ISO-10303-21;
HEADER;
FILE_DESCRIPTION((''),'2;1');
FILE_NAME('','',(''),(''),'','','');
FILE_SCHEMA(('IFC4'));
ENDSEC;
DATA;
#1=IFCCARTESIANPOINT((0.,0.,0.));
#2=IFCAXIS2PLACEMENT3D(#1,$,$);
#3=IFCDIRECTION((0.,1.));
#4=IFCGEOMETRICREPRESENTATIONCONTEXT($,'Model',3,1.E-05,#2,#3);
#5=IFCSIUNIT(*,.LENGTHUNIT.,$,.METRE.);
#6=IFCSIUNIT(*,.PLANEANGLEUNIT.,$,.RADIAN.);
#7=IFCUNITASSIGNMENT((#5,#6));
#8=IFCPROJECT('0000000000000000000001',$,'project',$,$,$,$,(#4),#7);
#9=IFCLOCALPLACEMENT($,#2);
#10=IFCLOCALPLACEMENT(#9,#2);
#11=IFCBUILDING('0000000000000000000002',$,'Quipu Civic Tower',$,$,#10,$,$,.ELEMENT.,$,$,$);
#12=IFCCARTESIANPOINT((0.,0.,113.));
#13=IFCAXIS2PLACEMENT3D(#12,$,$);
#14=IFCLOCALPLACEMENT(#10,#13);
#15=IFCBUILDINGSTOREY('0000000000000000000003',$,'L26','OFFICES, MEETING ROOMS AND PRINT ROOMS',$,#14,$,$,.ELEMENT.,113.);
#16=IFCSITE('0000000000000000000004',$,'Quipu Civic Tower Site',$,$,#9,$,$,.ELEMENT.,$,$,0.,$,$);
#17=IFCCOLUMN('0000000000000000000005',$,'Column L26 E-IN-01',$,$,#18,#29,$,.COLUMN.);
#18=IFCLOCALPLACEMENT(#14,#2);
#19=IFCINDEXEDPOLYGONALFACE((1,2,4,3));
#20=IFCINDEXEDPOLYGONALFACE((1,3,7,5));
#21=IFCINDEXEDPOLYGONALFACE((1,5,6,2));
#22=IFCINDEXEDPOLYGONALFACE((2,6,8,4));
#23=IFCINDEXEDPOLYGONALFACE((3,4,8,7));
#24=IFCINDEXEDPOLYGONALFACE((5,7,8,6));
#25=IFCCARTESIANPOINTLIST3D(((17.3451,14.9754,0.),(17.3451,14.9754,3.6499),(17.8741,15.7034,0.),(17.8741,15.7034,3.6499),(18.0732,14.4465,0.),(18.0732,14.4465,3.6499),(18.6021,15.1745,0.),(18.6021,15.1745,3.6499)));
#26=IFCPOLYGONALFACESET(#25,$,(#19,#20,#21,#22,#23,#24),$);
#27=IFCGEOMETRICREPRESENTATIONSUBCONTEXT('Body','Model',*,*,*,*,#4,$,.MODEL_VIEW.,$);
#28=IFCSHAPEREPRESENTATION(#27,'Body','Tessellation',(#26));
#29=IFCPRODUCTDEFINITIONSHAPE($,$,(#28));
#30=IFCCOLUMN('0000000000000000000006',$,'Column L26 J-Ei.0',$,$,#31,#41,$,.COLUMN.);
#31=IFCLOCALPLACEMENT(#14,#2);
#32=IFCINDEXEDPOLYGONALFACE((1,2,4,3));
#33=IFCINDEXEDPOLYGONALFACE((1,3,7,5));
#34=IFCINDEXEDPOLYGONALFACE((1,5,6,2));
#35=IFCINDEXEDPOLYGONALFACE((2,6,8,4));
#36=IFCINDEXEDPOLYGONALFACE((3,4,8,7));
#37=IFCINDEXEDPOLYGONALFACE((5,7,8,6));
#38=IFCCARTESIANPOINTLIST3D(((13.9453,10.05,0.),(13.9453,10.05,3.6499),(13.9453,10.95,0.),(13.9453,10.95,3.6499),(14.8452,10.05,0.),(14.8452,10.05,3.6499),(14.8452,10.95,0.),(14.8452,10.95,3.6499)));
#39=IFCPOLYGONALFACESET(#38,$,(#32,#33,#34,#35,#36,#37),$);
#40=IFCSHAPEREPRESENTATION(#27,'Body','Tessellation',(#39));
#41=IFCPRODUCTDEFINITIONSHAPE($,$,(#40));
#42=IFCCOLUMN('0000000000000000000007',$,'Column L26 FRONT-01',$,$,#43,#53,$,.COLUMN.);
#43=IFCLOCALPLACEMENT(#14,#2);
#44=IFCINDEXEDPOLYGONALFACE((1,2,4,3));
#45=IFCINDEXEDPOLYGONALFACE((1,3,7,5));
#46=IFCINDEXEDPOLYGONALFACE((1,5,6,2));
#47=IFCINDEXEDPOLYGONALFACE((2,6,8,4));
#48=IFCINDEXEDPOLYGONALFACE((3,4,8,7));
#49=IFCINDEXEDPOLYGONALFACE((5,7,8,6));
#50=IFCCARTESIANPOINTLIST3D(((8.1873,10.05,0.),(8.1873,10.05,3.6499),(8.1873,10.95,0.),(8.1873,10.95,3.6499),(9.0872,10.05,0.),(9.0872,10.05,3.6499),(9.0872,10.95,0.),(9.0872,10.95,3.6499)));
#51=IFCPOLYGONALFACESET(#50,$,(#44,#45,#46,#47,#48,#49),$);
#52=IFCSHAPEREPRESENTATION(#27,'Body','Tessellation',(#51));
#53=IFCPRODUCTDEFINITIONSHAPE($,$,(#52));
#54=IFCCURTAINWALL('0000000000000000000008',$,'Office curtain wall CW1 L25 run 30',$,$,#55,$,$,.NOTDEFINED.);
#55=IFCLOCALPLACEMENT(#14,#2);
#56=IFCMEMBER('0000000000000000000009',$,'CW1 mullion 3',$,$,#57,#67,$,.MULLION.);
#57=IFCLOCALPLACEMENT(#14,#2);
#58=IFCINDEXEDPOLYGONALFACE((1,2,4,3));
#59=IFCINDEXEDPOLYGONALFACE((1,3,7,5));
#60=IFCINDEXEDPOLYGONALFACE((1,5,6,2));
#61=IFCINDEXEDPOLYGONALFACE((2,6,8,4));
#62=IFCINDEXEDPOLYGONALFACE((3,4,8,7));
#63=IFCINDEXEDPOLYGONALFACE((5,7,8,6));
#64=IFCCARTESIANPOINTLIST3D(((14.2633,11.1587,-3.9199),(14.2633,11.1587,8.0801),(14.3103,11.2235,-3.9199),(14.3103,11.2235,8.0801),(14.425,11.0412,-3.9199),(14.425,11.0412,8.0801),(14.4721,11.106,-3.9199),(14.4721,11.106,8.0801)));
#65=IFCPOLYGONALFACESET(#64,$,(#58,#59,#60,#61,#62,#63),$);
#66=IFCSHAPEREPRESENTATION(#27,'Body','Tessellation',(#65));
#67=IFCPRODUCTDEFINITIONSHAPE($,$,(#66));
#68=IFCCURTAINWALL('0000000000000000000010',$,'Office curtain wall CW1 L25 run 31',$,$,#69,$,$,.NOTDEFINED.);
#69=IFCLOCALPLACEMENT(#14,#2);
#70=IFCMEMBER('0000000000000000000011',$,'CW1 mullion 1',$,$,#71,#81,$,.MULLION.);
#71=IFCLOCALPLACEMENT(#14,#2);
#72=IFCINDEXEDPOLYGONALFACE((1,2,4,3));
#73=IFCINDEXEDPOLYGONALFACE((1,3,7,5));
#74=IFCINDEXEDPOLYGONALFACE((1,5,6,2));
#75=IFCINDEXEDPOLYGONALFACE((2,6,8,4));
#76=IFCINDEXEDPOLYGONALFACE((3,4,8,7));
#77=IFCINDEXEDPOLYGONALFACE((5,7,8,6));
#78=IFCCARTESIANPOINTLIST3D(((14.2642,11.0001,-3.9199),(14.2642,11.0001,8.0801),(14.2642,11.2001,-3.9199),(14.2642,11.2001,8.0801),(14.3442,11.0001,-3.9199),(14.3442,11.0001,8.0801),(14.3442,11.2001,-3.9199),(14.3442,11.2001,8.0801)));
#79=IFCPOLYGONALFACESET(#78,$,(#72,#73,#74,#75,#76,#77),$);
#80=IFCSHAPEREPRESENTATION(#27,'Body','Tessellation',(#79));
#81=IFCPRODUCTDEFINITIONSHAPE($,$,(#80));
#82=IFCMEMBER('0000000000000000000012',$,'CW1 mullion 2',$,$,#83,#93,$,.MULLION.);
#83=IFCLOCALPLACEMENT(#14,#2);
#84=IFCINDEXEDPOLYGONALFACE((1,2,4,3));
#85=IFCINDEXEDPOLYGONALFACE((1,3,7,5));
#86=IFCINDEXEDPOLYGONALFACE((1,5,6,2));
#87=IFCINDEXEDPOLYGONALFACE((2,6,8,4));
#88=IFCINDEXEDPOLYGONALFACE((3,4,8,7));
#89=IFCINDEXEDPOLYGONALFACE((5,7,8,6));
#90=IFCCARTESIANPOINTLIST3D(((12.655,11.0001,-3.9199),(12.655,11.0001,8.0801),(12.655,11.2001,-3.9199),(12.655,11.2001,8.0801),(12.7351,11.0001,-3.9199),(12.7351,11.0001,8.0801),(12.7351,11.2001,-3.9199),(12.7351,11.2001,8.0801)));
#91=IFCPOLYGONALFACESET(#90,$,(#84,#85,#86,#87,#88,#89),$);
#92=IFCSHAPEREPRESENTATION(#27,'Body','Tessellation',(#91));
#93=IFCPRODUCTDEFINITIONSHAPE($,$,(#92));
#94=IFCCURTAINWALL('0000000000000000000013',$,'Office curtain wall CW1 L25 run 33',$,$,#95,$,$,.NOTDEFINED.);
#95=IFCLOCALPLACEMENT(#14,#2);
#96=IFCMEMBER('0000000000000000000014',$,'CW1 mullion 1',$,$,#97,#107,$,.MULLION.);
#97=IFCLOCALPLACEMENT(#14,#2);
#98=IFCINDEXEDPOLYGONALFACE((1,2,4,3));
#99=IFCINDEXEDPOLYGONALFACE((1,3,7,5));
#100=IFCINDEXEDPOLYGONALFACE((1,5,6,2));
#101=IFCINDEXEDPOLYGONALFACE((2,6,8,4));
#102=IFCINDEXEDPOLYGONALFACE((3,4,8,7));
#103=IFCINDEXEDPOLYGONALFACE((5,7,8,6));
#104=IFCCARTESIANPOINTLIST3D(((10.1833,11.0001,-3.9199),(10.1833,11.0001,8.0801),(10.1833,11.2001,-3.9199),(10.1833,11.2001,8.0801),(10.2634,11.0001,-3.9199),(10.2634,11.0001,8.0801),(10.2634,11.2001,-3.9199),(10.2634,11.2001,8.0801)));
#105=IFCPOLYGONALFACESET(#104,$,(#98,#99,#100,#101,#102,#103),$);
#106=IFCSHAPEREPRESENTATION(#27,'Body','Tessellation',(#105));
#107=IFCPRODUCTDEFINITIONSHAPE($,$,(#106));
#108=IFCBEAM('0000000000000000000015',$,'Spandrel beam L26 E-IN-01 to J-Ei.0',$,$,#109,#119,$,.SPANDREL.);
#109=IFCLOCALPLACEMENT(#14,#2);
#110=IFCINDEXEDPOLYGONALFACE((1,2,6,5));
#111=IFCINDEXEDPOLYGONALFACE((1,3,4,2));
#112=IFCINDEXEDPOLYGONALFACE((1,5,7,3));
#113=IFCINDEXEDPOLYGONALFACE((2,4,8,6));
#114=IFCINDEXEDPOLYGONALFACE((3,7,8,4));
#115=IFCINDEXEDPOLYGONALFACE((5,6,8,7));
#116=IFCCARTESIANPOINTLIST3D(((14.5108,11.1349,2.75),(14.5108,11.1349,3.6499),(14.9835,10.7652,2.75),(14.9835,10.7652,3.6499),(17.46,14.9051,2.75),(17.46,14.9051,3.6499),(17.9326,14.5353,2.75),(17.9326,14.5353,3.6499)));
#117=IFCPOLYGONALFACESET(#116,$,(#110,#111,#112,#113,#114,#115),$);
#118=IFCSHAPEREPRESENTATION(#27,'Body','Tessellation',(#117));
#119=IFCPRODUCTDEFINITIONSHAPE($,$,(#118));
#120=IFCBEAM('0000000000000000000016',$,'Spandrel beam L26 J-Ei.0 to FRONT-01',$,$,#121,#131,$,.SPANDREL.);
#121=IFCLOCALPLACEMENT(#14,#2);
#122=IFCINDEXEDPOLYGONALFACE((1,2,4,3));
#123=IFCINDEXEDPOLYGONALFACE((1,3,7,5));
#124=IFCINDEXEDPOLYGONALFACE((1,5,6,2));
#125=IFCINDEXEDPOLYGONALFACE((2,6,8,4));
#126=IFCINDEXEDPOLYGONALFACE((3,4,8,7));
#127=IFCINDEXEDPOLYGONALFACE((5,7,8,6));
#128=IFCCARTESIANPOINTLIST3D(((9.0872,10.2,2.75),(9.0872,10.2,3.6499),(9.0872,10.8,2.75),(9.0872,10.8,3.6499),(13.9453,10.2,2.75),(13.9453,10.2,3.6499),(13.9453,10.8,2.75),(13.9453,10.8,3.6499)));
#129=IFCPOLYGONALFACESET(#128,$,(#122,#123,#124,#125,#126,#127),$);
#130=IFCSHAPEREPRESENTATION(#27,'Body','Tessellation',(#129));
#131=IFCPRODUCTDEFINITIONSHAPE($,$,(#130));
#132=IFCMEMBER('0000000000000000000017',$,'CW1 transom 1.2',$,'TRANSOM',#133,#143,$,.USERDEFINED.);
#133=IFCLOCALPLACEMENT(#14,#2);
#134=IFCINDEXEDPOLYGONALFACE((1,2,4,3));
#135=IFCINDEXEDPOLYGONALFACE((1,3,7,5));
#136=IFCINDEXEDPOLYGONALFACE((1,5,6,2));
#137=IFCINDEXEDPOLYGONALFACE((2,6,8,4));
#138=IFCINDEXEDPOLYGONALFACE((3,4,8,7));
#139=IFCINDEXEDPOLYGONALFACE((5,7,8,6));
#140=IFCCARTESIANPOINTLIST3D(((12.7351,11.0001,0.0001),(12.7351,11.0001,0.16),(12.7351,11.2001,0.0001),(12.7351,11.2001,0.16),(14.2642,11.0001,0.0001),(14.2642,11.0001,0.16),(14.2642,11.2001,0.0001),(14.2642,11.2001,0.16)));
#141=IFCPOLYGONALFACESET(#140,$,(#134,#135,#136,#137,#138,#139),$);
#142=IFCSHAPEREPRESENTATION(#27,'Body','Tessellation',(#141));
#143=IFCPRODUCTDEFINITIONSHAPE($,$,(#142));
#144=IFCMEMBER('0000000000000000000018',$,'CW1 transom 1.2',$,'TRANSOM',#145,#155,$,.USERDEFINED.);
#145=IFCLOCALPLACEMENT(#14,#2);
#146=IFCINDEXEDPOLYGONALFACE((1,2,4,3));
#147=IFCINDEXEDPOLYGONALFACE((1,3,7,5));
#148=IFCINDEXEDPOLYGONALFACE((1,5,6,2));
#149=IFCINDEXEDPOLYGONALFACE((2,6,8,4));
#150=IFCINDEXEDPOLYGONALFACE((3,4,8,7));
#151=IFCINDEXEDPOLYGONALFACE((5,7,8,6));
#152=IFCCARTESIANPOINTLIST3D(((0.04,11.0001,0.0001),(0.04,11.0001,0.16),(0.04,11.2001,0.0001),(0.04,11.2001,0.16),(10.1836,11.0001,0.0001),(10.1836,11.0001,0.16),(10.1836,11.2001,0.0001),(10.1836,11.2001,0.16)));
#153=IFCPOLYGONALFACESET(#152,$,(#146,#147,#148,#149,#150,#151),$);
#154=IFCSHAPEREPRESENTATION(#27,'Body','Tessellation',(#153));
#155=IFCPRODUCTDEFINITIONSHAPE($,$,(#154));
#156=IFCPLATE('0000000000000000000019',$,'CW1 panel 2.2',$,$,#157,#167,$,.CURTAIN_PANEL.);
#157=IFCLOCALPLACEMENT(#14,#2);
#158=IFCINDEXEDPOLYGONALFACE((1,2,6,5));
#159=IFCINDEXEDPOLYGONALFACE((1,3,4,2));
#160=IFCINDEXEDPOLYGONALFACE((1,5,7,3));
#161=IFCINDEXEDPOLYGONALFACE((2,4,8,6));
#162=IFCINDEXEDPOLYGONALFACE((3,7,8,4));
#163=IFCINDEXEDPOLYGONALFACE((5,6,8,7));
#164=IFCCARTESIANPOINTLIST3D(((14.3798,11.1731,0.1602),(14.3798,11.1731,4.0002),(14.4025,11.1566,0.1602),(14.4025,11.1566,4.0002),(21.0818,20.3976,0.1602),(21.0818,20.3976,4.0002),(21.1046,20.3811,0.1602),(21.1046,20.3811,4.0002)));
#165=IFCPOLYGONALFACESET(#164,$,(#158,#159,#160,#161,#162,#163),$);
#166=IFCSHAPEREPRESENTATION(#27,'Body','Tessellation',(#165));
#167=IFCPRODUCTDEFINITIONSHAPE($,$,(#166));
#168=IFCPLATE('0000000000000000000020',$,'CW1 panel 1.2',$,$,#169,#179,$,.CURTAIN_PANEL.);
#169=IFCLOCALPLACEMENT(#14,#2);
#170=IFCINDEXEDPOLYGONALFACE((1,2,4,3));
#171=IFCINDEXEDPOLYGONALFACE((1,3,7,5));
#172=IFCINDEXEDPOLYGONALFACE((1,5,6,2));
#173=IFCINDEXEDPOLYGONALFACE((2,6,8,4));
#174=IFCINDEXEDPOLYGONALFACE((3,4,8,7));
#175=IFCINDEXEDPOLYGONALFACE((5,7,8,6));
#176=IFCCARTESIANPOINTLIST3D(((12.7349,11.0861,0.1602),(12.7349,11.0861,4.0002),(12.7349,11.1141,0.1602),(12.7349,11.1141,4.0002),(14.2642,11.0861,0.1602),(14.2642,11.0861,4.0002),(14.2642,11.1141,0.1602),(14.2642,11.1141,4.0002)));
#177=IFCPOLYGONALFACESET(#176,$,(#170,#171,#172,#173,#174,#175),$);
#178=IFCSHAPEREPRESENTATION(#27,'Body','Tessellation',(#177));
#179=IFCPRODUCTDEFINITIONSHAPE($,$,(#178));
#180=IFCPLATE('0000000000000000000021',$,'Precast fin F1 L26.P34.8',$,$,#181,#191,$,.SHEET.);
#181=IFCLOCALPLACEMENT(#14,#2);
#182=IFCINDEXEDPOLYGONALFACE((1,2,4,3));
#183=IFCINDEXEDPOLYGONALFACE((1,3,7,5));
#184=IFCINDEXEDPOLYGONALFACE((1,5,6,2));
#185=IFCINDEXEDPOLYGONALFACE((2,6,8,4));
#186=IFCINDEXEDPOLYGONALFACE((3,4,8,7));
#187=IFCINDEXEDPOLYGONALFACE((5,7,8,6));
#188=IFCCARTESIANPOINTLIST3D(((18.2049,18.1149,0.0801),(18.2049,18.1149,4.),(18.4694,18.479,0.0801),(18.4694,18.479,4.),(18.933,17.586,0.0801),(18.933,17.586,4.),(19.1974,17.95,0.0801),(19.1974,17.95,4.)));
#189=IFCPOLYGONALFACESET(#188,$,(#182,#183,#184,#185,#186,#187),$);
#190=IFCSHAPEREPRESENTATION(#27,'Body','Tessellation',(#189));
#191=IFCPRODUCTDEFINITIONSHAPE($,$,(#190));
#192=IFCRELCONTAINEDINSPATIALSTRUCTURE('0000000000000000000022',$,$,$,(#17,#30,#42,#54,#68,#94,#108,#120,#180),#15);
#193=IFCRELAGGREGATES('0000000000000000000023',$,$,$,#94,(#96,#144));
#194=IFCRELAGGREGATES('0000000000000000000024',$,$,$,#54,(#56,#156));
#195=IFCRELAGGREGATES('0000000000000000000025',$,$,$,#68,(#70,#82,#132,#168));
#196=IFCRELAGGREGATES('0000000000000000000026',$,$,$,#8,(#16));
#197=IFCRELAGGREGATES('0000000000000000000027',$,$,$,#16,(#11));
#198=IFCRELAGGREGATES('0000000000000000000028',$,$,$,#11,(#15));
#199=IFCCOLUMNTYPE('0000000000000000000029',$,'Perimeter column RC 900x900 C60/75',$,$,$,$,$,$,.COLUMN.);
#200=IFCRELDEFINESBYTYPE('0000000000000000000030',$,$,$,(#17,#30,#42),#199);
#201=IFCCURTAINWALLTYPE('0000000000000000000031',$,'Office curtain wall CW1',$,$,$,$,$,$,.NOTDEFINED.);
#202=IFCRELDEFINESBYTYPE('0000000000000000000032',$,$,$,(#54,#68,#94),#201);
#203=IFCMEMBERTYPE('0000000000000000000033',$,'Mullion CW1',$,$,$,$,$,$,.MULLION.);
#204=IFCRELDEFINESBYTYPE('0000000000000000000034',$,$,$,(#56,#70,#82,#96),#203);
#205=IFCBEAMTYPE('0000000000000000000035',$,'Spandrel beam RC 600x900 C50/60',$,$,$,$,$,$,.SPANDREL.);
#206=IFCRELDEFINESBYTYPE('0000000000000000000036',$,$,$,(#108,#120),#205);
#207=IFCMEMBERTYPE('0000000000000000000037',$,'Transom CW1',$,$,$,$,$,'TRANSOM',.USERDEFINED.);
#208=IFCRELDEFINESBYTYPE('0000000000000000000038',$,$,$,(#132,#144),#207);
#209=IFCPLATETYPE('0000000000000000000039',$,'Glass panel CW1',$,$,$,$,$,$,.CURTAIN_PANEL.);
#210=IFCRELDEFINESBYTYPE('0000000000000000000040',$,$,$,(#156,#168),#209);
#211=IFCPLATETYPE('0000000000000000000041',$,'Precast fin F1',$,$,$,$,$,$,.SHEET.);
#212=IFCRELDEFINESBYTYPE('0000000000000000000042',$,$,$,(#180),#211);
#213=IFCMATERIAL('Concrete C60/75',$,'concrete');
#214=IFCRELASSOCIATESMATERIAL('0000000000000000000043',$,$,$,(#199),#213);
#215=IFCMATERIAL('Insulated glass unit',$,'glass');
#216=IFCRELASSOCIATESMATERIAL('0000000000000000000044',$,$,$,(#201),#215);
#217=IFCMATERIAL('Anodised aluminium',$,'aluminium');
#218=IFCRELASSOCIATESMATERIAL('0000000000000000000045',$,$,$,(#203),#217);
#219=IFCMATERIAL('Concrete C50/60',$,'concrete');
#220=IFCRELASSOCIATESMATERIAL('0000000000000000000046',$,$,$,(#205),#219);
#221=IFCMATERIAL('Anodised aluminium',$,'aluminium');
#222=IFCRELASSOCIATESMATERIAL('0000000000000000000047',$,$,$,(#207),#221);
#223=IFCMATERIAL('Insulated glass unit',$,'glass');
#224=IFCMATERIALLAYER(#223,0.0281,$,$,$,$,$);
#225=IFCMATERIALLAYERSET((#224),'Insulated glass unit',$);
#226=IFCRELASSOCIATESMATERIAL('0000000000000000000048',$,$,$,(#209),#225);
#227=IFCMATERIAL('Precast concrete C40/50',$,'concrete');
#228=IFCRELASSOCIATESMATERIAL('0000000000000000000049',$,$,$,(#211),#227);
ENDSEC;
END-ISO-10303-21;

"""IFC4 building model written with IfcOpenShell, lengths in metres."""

from ifc_helpers import new_model, si_unit, direction, frame, origin, origin_2d, place, context, subcontext, project, spatial, rectangle, extrude, material, layer, layer_set, material_profile, profile_set, type_object, element, aggregate, save


model = new_model("IFC4")

# Units and contexts
model_context = context("Model", 3, precision=1e-05, world=origin(), true_north=direction((0.0, 1.0)))
body_context = subcontext(model_context, "Body", "Model", "MODEL_VIEW")
ifc_project = project(units=[si_unit("LENGTHUNIT", "METRE"), si_unit("PLANEANGLEUNIT", "RADIAN")], contexts=[model_context])

# Site, building, storey
site_placement = place(None, origin())
site = spatial("IfcSite", under=ifc_project, at=site_placement, Name="Quipu Civic Tower Site", CompositionType="ELEMENT", RefElevation=0.0)
building_placement = place(site_placement, origin())
building = spatial("IfcBuilding", under=site, at=building_placement, Name="Quipu Civic Tower", CompositionType="ELEMENT")
storey_placement = place(building_placement, frame((0.0, 0.0, 113.0)))
storey = spatial("IfcBuildingStorey", under=building, at=storey_placement, Name="L26", Description="OFFICES, MEETING ROOMS AND PRINT ROOMS", CompositionType="ELEMENT", Elevation=113.0)

# Columns
ifc_material_1 = material(Name="Concrete C60/75", Category="concrete")
ifc_material_profile_1 = material_profile(ifc_material_1, rectangle(XDim=0.8999, YDim=0.8999, at=origin_2d()), Name="RC900x900")
ifc_profile_set_1 = profile_set([ifc_material_profile_1], Name="Concrete C60/75")
column_type = type_object("IfcColumnType", Name="Perimeter column RC 900x900 C60/75", PredefinedType="COLUMN", material=ifc_profile_set_1)
for number, where, z_axis, x_axis, name in (
    (1, (17.9736, 15.075, 0.0), (0.0, 0.0, 1.0), (-0.587785, -0.809017, 0.0), "Column L26 E-IN-01"),
    (2, (14.3953, 10.5, 0.0), (0.0, 0.0, 1.0), (-1.0, 0.0, 0.0), "Column L26 J-Ei.0"),
    (3, (8.6372, 10.5, 0.0), (0.0, 0.0, 1.0), (-1.0, 0.0, 0.0), "Column L26 FRONT-01"),
):
    element("IfcColumn", number, at=place(storey_placement, frame(where, z_axis=z_axis, x_axis=x_axis)), inside=storey, type_object=column_type, Name=name, PredefinedType="COLUMN", context=body_context, shape_type="SweptSolid", body=[
        extrude(rectangle(XDim=0.8999, YDim=0.8999, at=origin_2d()), origin(), (0.0, 0.0, 1.0), 3.6499),
    ])

# Curtain wall, member
ifc_material_2 = material(Name="Insulated glass unit", Category="glass")
curtain_wall_type = type_object("IfcCurtainWallType", Name="Office curtain wall CW1", PredefinedType="NOTDEFINED", material=ifc_material_2)
curtain_wall_1_placement = place(storey_placement, origin())
curtain_wall_1 = element("IfcCurtainWall", 4, at=curtain_wall_1_placement, inside=storey, type_object=curtain_wall_type, Name="Office curtain wall CW1 L25 run 30", PredefinedType="NOTDEFINED")
ifc_material_3 = material(Name="Anodised aluminium", Category="aluminium")
ifc_material_profile_2 = material_profile(ifc_material_3, rectangle(XDim=0.2, YDim=0.0801, at=origin_2d()), Name="RECT 200x80")
ifc_profile_set_2 = profile_set([ifc_material_profile_2], Name="Anodised aluminium")
member_type_1 = type_object("IfcMemberType", Name="Mullion CW1", PredefinedType="MULLION", material=ifc_profile_set_2)
member_1_placement = place(storey_placement, frame((14.3677, 11.1323, -3.9199), z_axis=(0.0, 0.0, 1.0), x_axis=(0.809014, -0.587789, 0.0)))
member_1 = element("IfcMember", 5, at=member_1_placement, type_object=member_type_1, Name="CW1 mullion 3", PredefinedType="MULLION", context=body_context, shape_type="SweptSolid", body=[
    extrude(rectangle(XDim=0.2, YDim=0.0801, at=origin_2d()), origin(), (0.0, 0.0, 1.0), 12.0),
])

# Curtain wall, members
curtain_wall_2_placement = place(storey_placement, origin())
curtain_wall_2 = element("IfcCurtainWall", 6, at=curtain_wall_2_placement, inside=storey, type_object=curtain_wall_type, Name="Office curtain wall CW1 L25 run 31", PredefinedType="NOTDEFINED")
member_2_placement = place(storey_placement, frame((14.3042, 11.1001, -3.9199), z_axis=(0.0, 0.0, 1.0), x_axis=(0.0, -1.0, 0.0)))
member_2 = element("IfcMember", 7, at=member_2_placement, type_object=member_type_1, Name="CW1 mullion 1", PredefinedType="MULLION", context=body_context, shape_type="SweptSolid", body=[
    extrude(rectangle(XDim=0.2, YDim=0.0801, at=origin_2d()), origin(), (0.0, 0.0, 1.0), 12.0),
])
member_3_placement = place(storey_placement, frame((12.6951, 11.1001, -3.9199), z_axis=(0.0, 0.0, 1.0), x_axis=(0.0, -1.0, 0.0)))
member_3 = element("IfcMember", 8, at=member_3_placement, type_object=member_type_1, Name="CW1 mullion 2", PredefinedType="MULLION", context=body_context, shape_type="SweptSolid", body=[
    extrude(rectangle(XDim=0.2, YDim=0.0801, at=origin_2d()), origin(), (0.0, 0.0, 1.0), 12.0),
])

# Curtain wall, member
curtain_wall_3_placement = place(storey_placement, origin())
curtain_wall_3 = element("IfcCurtainWall", 9, at=curtain_wall_3_placement, inside=storey, type_object=curtain_wall_type, Name="Office curtain wall CW1 L25 run 33", PredefinedType="NOTDEFINED")
member_4_placement = place(storey_placement, frame((10.2234, 11.1001, -3.9199), z_axis=(0.0, 0.0, 1.0), x_axis=(0.0, -1.0, 0.0)))
member_4 = element("IfcMember", 10, at=member_4_placement, type_object=member_type_1, Name="CW1 mullion 1", PredefinedType="MULLION", context=body_context, shape_type="SweptSolid", body=[
    extrude(rectangle(XDim=0.2, YDim=0.0801, at=origin_2d()), origin(), (0.0, 0.0, 1.0), 12.0),
])

# Beams
ifc_material_4 = material(Name="Concrete C50/60", Category="concrete")
ifc_material_profile_3 = material_profile(ifc_material_4, rectangle(XDim=0.6001, YDim=0.8999, at=origin_2d()), Name="RC600x900")
ifc_profile_set_3 = profile_set([ifc_material_profile_3], Name="Concrete C50/60")
beam_type = type_object("IfcBeamType", Name="Spandrel beam RC 600x900 C50/60", PredefinedType="SPANDREL", material=ifc_profile_set_3)
beam_1_placement = place(storey_placement, frame((17.6963, 14.7202, 3.2), z_axis=(-0.616124, -0.787649, 0.0), x_axis=(0.787649, -0.616124, 0.0)))
element("IfcBeam", 11, at=beam_1_placement, inside=storey, type_object=beam_type, Name="Spandrel beam L26 E-IN-01 to J-Ei.0", PredefinedType="SPANDREL", context=body_context, shape_type="SweptSolid", body=[
    extrude(rectangle(XDim=0.6001, YDim=0.8999, at=origin_2d()), origin(), (0.0, 0.0, 1.0), 4.7866),
])
beam_2_placement = place(storey_placement, frame((13.9453, 10.5, 3.2), z_axis=(-1.0, 0.0, 0.0), x_axis=(0.0, -1.0, 0.0)))
element("IfcBeam", 12, at=beam_2_placement, inside=storey, type_object=beam_type, Name="Spandrel beam L26 J-Ei.0 to FRONT-01", PredefinedType="SPANDREL", context=body_context, shape_type="SweptSolid", body=[
    extrude(rectangle(XDim=0.6001, YDim=0.8999, at=origin_2d()), origin(), (0.0, 0.0, 1.0), 4.8582),
])

# Members
ifc_material_5 = material(Name="Anodised aluminium", Category="aluminium")
ifc_material_profile_4 = material_profile(ifc_material_5, rectangle(XDim=0.2, YDim=0.1599, at=origin_2d()), Name="RECT 200x160")
ifc_profile_set_4 = profile_set([ifc_material_profile_4], Name="Anodised aluminium")
member_type_2 = type_object("IfcMemberType", Name="Transom CW1", ElementType="TRANSOM", PredefinedType="USERDEFINED", material=ifc_profile_set_4)
member_5_placement = place(storey_placement, frame((14.2642, 11.1001, 0.0801), z_axis=(-1.0, 0.0, 0.0), x_axis=(0.0, -1.0, 0.0)))
member_5 = element("IfcMember", 13, at=member_5_placement, type_object=member_type_2, Name="CW1 transom 1.2", ObjectType="TRANSOM", PredefinedType="USERDEFINED", context=body_context, shape_type="SweptSolid", body=[
    extrude(rectangle(XDim=0.2, YDim=0.1599, at=origin_2d()), origin(), (0.0, 0.0, 1.0), 1.5291),
])
member_6_placement = place(storey_placement, frame((10.1836, 11.1001, 0.0801), z_axis=(-1.0, 0.0, 0.0), x_axis=(0.0, -1.0, 0.0)))
member_6 = element("IfcMember", 14, at=member_6_placement, type_object=member_type_2, Name="CW1 transom 1.2", ObjectType="TRANSOM", PredefinedType="USERDEFINED", context=body_context, shape_type="SweptSolid", body=[
    extrude(rectangle(XDim=0.2, YDim=0.1599, at=origin_2d()), origin(), (0.0, 0.0, 1.0), 10.1436),
])
aggregate(curtain_wall_3, [member_4, member_6])

# Plates
ifc_material_6 = material(Name="Insulated glass unit", Category="glass")
ifc_layer_1 = layer(ifc_material_6, 0.0281)
ifc_layer_set_1 = layer_set([ifc_layer_1], Name="Insulated glass unit")
plate_type_1 = type_object("IfcPlateType", Name="Glass panel CW1", PredefinedType="CURTAIN_PANEL", material=ifc_layer_set_1)
plate_1_placement = place(storey_placement, frame((17.7422, 15.7771, 0.1602), z_axis=(0.0, 0.0, 1.0), x_axis=(-0.587789, -0.809014, 0.0)))
plate_1 = element("IfcPlate", 15, at=plate_1_placement, type_object=plate_type_1, Name="CW1 panel 2.2", PredefinedType="CURTAIN_PANEL", context=body_context, shape_type="SweptSolid", body=[
    extrude(rectangle(XDim=11.4021, YDim=0.0281, at=origin_2d()), origin(), (0.0, 0.0, 1.0), 3.8401),
])
aggregate(curtain_wall_1, [member_1, plate_1])
plate_2_placement = place(storey_placement, frame((13.4995, 11.1001, 0.1602), z_axis=(0.0, 0.0, 1.0), x_axis=(-1.0, 0.0, 0.0)))
plate_2 = element("IfcPlate", 16, at=plate_2_placement, type_object=plate_type_1, Name="CW1 panel 1.2", PredefinedType="CURTAIN_PANEL", context=body_context, shape_type="SweptSolid", body=[
    extrude(rectangle(XDim=1.5293, YDim=0.0281, at=origin_2d()), origin(), (0.0, 0.0, 1.0), 3.8401),
])
aggregate(curtain_wall_2, [member_2, member_3, member_5, plate_2])

# Plate
ifc_material_7 = material(Name="Precast concrete C40/50", Category="concrete")
plate_type_2 = type_object("IfcPlateType", Name="Precast fin F1", PredefinedType="SHEET", material=ifc_material_7)
for number, where, z_axis, x_axis, name in (
    (17, (18.7012, 18.0325, 0.0801), (0.0, 0.0, 1.0), (-0.587787, -0.809016, 0.0), "Precast fin F1 L26.P34.8"),
):
    element("IfcPlate", number, at=place(storey_placement, frame(where, z_axis=z_axis, x_axis=x_axis)), inside=storey, type_object=plate_type_2, Name=name, PredefinedType="SHEET", context=body_context, shape_type="SweptSolid", body=[
        extrude(rectangle(XDim=0.45, YDim=0.8999, at=origin_2d()), origin(), (0.0, 0.0, 1.0), 3.9199),
    ])

save(model, "model.ifc")
